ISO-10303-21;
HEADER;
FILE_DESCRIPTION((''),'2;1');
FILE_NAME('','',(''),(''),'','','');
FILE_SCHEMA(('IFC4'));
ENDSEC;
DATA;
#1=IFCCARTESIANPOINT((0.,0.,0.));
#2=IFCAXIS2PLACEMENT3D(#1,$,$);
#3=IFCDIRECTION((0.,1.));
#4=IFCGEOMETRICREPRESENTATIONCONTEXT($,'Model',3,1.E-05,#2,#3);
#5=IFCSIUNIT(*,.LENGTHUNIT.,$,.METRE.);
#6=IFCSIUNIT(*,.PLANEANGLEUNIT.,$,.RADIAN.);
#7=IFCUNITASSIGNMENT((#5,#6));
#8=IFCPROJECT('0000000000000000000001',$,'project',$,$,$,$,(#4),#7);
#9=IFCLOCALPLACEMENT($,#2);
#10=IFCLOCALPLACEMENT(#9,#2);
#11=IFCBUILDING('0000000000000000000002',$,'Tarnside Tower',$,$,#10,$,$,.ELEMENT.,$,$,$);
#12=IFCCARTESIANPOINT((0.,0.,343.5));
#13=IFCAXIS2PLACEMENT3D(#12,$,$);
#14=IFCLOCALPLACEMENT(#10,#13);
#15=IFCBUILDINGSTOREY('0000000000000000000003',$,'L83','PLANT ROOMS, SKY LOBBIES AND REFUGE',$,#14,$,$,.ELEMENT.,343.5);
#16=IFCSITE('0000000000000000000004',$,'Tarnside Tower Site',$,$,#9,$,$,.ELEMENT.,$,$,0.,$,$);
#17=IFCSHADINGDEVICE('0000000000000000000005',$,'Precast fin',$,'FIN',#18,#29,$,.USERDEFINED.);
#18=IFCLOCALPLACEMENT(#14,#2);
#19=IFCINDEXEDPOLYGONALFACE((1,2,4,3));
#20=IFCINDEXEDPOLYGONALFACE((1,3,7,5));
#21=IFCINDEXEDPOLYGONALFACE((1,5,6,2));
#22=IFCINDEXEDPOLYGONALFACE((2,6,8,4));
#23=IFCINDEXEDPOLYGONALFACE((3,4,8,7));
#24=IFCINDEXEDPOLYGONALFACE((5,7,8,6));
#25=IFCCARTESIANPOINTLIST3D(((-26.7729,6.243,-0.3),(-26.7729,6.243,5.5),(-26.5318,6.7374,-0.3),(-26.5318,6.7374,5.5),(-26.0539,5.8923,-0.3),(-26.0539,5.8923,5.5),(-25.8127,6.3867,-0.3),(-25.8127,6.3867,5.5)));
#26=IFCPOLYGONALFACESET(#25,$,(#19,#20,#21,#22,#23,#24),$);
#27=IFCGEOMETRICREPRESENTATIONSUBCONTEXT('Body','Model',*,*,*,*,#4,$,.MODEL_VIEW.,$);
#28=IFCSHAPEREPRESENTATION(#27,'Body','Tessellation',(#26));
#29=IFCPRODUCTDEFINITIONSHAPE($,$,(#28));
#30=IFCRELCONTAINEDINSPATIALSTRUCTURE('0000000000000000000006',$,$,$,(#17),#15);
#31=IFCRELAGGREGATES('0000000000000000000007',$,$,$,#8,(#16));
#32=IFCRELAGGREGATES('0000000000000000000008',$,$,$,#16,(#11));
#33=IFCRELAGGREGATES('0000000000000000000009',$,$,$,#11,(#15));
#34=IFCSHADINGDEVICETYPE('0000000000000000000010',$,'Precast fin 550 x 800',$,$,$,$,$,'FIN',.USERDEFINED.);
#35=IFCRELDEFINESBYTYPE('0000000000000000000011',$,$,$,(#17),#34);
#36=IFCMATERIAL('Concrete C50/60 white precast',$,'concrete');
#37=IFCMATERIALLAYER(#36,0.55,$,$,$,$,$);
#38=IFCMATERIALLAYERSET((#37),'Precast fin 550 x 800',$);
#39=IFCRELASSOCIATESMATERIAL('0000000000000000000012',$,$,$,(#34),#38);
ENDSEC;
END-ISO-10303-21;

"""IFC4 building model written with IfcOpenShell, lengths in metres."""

from ifc_helpers import new_model, si_unit, direction, frame, origin, place, context, subcontext, project, spatial, polyline, outline, extrude, material, layer, layer_set, type_object, element, save


model = new_model("IFC4")

# Units and contexts
model_context = context("Model", 3, precision=1e-05, world=origin(), true_north=direction((0.0, 1.0)))
body_context = subcontext(model_context, "Body", "Model", "MODEL_VIEW")
ifc_project = project(units=[si_unit("LENGTHUNIT", "METRE"), si_unit("PLANEANGLEUNIT", "RADIAN")], contexts=[model_context])

# Site, building, storey
site_placement = place(None, origin())
site = spatial("IfcSite", under=ifc_project, at=site_placement, Name="Tarnside Tower Site", CompositionType="ELEMENT", RefElevation=0.0)
building_placement = place(site_placement, origin())
building = spatial("IfcBuilding", under=site, at=building_placement, Name="Tarnside Tower", CompositionType="ELEMENT")
storey_placement = place(building_placement, frame((0.0, 0.0, 343.5)))
storey = spatial("IfcBuildingStorey", under=building, at=storey_placement, Name="L83", Description="PLANT ROOMS, SKY LOBBIES AND REFUGE", CompositionType="ELEMENT", Elevation=343.5)

# Shading device
ifc_material_1 = material(Name="Concrete C50/60 white precast", Category="concrete")
ifc_layer_1 = layer(ifc_material_1, 0.55)
ifc_layer_set_1 = layer_set([ifc_layer_1], Name="Precast fin 550 x 800")
shading_device_type_1 = type_object("IfcShadingDeviceType", Name="Precast fin 550 x 800", ElementType="FIN", PredefinedType="USERDEFINED", material=ifc_layer_set_1)
for number, where, z_axis, x_axis, name in (
    (1, (-25.9333, 6.1394, -0.3), (0.438371, 0.898794, 0.0), (-0.898794, 0.438371, 0.0), "Precast fin"),
):
    element("IfcShadingDevice", number, at=place(storey_placement, frame(where, z_axis=z_axis, x_axis=x_axis)), inside=storey, type_object=shading_device_type_1, Name=name, ObjectType="FIN", PredefinedType="USERDEFINED", context=body_context, shape_type="SweptSolid", body=[
        extrude(outline(polyline([(0.0, 0.0), (0.8, 0.0), (0.8, 5.8), (0.0, 5.8), (0.0, 0.0)])), frame((0.0, 0.0, -0.2749)), (0.0, 0.0, 1.0), 0.55),
    ])

save(model, "model.ifc")
